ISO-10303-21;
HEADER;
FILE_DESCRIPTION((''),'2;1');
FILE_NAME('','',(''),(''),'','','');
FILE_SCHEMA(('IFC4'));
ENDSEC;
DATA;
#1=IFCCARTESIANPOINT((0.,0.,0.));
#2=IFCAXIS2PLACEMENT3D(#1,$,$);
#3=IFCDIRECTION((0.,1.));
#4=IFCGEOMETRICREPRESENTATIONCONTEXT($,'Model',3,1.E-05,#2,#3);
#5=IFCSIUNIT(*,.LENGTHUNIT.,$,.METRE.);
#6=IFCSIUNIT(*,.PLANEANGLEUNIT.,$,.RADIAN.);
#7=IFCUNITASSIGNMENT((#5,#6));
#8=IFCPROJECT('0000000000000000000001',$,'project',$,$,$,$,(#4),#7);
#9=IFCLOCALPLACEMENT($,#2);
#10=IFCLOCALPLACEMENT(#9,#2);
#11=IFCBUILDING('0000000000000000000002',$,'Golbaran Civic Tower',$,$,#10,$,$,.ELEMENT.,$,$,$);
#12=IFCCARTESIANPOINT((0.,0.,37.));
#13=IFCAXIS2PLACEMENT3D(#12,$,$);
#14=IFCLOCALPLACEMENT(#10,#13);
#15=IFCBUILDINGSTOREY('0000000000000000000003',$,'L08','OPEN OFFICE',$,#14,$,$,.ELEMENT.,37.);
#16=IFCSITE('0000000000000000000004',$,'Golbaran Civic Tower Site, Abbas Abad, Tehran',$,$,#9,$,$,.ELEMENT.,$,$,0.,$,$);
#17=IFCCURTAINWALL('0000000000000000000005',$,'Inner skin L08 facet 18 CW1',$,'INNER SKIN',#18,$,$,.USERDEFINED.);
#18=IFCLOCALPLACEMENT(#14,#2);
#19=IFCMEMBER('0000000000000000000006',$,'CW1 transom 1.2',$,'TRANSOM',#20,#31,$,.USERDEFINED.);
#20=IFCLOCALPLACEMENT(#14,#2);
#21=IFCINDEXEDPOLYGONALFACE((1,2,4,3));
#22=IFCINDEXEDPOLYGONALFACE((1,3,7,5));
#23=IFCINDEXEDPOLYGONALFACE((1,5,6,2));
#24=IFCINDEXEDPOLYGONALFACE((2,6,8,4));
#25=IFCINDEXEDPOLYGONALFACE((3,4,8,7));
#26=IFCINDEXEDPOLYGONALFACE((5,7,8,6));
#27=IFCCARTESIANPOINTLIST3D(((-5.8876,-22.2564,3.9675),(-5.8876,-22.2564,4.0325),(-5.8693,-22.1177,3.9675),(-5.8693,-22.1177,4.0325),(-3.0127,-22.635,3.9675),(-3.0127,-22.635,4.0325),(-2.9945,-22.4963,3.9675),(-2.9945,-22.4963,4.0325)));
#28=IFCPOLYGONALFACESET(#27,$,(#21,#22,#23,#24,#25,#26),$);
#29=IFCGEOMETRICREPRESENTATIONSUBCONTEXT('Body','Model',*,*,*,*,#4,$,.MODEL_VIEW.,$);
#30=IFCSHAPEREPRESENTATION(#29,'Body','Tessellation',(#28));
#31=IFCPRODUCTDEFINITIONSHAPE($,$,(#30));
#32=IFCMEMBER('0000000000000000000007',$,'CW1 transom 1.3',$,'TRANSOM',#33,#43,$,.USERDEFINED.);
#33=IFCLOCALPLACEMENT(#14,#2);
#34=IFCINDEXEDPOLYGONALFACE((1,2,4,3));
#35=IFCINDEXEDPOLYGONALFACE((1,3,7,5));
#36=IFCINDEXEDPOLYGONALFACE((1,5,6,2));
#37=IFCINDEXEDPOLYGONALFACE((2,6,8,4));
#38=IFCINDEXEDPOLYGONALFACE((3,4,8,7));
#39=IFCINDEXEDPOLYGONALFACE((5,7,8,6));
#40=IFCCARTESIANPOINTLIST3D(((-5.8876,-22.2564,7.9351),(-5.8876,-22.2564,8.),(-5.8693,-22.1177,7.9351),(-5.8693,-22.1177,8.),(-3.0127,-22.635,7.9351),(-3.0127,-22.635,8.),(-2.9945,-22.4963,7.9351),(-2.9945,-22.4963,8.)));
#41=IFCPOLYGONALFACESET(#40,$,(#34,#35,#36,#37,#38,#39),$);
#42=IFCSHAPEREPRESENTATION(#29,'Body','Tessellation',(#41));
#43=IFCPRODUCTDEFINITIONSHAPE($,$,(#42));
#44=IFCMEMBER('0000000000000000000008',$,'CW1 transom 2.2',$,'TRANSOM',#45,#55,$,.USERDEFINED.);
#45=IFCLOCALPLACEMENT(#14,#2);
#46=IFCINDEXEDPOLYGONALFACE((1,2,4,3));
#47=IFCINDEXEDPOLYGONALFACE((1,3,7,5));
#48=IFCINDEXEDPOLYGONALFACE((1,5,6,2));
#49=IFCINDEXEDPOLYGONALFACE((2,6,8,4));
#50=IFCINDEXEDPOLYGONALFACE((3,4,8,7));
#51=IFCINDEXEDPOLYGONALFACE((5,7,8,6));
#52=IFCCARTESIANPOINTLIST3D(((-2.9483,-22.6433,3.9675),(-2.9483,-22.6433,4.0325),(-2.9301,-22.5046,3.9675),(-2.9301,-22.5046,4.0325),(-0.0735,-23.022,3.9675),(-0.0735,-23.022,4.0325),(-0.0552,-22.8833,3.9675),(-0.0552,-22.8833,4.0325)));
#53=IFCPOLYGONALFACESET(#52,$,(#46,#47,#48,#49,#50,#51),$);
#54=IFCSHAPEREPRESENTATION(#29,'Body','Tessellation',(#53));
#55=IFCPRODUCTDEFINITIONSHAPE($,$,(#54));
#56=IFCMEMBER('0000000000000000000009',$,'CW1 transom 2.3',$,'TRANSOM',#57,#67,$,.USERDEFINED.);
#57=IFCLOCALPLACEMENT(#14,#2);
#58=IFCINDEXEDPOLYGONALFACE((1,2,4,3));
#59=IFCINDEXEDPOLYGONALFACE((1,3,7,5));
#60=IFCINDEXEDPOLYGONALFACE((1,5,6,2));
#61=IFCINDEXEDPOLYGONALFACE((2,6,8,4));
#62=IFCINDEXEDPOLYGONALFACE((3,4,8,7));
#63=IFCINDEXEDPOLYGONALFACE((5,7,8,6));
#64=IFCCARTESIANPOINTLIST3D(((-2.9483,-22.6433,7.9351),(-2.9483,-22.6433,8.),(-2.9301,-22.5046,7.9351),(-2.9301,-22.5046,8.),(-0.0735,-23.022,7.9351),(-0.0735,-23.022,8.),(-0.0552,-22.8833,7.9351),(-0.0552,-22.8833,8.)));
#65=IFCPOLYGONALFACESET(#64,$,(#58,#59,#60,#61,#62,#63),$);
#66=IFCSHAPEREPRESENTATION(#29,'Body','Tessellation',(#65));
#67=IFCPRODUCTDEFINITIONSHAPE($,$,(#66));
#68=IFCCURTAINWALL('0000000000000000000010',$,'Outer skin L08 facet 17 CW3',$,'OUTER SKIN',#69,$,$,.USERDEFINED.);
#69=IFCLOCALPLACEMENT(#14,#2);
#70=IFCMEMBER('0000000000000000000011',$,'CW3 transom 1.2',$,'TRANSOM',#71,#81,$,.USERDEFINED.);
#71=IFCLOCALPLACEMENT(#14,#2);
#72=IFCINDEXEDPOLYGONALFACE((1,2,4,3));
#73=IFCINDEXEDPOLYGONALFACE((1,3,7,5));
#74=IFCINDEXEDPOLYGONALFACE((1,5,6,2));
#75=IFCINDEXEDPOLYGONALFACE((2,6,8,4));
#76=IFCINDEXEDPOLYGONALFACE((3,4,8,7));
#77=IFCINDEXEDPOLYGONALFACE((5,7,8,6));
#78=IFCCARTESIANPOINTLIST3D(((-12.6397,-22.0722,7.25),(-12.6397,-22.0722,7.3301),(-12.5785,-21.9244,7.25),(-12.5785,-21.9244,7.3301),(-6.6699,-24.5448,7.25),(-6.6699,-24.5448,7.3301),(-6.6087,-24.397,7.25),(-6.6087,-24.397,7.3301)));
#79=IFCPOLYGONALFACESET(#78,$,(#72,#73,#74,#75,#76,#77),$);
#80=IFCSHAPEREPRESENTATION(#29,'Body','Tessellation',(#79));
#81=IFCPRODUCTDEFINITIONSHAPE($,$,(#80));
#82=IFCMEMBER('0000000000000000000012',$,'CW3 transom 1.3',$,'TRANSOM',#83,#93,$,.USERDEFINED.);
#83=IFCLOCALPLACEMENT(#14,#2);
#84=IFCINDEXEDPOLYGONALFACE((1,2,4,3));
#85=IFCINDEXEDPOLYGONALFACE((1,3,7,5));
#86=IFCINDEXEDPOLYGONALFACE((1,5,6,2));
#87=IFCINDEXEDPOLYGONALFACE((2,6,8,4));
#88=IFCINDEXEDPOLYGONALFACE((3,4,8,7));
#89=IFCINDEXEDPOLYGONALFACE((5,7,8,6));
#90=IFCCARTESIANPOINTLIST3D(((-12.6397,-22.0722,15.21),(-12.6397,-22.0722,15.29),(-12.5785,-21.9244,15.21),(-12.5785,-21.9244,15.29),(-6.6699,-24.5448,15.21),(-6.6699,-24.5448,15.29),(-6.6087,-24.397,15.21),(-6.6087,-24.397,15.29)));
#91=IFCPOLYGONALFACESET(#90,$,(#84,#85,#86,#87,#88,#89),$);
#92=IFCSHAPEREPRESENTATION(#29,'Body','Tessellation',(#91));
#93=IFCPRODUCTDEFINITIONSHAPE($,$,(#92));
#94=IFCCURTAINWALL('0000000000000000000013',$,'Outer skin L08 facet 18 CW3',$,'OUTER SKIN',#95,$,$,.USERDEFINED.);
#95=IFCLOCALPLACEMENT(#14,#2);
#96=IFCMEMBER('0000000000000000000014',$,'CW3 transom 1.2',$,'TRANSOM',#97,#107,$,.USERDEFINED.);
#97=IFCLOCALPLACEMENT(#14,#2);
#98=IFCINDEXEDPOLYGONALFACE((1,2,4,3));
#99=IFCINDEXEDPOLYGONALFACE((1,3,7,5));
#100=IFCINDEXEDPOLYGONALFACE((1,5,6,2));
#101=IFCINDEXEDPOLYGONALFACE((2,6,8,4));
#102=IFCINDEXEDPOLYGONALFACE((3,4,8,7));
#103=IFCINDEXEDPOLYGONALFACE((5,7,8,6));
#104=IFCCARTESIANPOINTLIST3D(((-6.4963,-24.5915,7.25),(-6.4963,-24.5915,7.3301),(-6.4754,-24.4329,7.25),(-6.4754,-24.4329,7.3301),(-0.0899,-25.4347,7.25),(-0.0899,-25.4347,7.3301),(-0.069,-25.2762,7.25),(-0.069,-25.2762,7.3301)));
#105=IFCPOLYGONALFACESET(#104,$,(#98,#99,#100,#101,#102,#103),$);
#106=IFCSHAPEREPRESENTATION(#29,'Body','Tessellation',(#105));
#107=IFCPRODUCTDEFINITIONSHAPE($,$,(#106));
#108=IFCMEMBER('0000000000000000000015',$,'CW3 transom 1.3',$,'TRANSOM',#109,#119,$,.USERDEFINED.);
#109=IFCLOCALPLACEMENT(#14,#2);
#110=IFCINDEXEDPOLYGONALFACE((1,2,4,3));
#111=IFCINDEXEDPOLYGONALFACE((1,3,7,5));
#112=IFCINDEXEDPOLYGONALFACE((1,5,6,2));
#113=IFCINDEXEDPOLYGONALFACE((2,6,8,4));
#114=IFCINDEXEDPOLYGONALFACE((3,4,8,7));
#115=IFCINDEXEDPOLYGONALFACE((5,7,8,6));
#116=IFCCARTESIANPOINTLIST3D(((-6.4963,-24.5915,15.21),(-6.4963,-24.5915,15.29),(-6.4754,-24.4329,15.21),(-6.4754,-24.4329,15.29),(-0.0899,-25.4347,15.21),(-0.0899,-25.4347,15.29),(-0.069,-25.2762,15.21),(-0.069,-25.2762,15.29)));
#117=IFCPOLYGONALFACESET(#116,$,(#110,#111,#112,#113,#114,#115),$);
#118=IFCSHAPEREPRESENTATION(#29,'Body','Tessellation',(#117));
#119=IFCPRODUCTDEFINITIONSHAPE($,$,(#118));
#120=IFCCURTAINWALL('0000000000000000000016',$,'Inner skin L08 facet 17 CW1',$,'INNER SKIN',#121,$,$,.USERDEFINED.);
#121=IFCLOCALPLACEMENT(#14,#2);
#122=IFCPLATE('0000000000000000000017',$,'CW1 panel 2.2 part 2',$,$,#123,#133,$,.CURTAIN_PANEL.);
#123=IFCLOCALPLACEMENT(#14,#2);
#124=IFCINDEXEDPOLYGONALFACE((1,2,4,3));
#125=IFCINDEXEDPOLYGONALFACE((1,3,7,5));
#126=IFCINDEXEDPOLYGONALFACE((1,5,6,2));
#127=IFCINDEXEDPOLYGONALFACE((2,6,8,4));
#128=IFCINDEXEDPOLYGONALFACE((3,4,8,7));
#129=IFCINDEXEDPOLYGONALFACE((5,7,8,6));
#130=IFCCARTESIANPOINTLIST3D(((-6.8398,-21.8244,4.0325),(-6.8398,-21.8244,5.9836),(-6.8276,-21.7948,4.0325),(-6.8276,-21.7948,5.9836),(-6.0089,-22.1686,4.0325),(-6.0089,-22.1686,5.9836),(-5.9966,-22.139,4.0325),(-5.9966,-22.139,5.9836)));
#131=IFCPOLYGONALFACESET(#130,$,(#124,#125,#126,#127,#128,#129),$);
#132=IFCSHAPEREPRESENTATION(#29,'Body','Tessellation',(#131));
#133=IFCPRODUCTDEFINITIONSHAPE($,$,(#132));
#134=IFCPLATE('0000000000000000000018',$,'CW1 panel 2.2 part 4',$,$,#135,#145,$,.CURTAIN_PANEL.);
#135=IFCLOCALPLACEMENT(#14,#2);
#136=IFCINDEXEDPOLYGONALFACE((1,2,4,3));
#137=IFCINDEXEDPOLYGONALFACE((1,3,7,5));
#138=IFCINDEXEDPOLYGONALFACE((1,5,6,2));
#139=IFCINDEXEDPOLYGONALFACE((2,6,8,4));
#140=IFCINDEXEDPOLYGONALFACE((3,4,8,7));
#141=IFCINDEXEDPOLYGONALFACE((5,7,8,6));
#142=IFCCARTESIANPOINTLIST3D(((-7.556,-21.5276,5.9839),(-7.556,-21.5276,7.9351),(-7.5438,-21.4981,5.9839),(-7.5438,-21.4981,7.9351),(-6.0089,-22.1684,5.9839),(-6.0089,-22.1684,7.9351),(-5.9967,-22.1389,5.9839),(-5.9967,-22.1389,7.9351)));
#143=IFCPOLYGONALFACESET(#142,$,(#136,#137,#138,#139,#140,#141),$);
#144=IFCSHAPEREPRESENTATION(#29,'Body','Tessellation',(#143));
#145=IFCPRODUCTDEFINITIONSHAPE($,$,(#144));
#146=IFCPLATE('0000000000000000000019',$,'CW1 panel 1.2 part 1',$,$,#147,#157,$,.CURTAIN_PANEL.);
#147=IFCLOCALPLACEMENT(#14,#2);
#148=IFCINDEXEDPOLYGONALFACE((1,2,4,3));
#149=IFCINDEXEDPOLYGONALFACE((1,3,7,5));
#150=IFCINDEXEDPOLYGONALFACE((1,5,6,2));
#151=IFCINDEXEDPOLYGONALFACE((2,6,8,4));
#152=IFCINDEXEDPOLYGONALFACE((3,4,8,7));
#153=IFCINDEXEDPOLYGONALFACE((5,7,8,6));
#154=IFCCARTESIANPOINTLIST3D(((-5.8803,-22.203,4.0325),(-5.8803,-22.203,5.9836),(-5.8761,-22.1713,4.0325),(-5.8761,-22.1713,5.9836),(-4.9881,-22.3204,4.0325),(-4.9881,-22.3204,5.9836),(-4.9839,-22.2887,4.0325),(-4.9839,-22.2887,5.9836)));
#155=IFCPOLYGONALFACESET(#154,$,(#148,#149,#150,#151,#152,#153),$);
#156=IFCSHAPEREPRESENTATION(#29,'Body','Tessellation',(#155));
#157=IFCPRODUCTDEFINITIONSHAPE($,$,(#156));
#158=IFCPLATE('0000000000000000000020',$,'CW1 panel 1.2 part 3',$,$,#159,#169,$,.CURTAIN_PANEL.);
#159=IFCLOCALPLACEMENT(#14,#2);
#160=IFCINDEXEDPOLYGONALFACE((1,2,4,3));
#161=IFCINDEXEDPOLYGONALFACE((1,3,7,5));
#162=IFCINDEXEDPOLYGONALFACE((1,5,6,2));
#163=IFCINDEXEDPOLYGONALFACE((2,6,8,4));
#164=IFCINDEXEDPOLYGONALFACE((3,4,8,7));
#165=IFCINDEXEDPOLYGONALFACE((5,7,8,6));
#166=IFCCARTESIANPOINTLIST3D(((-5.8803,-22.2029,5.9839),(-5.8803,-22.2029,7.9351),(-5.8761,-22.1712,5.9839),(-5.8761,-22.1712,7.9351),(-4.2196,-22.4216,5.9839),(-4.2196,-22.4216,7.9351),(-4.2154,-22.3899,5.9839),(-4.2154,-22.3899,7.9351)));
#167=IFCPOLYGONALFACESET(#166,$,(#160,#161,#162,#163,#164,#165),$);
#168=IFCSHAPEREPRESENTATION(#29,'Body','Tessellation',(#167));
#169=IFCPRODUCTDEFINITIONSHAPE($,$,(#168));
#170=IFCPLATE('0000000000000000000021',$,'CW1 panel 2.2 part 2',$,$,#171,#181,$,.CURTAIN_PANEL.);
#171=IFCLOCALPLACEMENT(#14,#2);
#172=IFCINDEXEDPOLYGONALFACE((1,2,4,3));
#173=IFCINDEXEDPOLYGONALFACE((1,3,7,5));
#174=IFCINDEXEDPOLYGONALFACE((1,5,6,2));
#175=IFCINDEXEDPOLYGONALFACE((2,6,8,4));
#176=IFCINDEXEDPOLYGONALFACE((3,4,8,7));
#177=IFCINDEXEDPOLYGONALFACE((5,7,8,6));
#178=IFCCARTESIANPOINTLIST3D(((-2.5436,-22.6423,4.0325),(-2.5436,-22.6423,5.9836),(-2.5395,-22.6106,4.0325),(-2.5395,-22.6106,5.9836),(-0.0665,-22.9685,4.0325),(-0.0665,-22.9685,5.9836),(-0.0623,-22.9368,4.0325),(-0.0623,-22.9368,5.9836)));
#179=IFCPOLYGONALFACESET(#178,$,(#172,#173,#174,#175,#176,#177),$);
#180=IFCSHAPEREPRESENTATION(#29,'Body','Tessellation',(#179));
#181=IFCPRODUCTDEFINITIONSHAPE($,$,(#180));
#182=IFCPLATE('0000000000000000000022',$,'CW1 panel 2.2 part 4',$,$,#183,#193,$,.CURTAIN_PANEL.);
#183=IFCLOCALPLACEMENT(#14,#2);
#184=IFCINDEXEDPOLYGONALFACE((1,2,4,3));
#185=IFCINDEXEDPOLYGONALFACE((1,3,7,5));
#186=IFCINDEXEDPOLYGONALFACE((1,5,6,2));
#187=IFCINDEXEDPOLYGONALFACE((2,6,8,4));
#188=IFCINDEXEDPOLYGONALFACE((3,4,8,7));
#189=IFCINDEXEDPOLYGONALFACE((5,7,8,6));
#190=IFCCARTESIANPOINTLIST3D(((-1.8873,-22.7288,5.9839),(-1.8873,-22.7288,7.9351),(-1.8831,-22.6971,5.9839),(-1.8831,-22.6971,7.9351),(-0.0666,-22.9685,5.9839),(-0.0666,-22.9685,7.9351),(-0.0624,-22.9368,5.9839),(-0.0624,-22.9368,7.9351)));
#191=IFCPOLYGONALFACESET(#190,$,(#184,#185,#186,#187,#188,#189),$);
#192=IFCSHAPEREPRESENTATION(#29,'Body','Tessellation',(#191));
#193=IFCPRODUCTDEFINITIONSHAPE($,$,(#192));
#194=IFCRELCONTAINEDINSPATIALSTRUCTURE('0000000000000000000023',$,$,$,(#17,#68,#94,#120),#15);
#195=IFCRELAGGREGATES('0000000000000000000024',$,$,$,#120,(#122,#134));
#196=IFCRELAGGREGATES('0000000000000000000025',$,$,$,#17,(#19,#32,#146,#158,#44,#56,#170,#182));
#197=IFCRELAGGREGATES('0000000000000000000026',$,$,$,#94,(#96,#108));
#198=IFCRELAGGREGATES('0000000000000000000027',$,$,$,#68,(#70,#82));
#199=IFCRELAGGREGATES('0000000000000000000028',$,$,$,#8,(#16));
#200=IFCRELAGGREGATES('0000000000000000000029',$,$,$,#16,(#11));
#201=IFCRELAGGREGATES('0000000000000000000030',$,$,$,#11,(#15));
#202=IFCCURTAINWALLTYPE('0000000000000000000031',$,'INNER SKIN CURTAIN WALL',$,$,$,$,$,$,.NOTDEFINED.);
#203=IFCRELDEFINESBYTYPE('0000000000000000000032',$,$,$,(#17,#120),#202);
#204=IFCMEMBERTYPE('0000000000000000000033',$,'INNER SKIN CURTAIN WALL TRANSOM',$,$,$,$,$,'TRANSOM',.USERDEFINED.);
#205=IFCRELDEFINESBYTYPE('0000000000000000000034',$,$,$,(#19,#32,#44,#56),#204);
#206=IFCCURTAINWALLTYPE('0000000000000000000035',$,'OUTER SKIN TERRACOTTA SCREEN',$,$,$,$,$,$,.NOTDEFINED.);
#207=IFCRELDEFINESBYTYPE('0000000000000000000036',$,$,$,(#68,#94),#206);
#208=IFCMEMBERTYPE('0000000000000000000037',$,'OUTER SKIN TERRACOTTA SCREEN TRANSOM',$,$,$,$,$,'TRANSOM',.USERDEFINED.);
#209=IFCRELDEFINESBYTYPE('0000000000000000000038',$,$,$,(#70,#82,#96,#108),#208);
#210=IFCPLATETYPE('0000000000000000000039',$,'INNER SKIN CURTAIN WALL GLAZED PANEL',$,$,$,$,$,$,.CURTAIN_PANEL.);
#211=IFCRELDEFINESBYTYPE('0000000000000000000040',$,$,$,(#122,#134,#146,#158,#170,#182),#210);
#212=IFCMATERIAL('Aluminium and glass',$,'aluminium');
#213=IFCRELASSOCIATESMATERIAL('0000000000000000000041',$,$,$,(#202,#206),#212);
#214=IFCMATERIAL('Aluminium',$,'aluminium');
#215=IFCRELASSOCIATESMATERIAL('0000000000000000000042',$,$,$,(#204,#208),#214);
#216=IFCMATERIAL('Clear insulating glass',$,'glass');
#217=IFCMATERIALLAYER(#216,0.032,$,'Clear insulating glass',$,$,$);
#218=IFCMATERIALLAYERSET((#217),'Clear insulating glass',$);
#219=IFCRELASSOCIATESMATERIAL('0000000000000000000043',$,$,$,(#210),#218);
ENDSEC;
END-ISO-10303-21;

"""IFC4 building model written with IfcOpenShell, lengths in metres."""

from ifc_helpers import new_model, si_unit, direction, frame, origin, origin_2d, place, context, subcontext, project, spatial, rectangle, extrude, material, layer, layer_set, material_profile, profile_set, type_object, element, aggregate, save


model = new_model("IFC4")

# Units and contexts
model_context = context("Model", 3, precision=1e-05, world=origin(), true_north=direction((0.0, 1.0)))
body_context = subcontext(model_context, "Body", "Model", "MODEL_VIEW")
ifc_project = project(units=[si_unit("LENGTHUNIT", "METRE"), si_unit("PLANEANGLEUNIT", "RADIAN")], contexts=[model_context])

# Site, building, storey
site_placement = place(None, origin())
site = spatial("IfcSite", under=ifc_project, at=site_placement, Name="Golbaran Civic Tower Site, Abbas Abad, Tehran", CompositionType="ELEMENT", RefElevation=0.0)
building_placement = place(site_placement, origin())
building = spatial("IfcBuilding", under=site, at=building_placement, Name="Golbaran Civic Tower", CompositionType="ELEMENT")
storey_placement = place(building_placement, frame((0.0, 0.0, 37.0)))
storey = spatial("IfcBuildingStorey", under=building, at=storey_placement, Name="L08", Description="OPEN OFFICE", CompositionType="ELEMENT", Elevation=37.0)

# Curtain walls, members
ifc_material_1 = material(Name="Aluminium and glass", Category="aluminium")
curtain_wall_type_1 = type_object("IfcCurtainWallType", Name="INNER SKIN CURTAIN WALL", PredefinedType="NOTDEFINED", material=ifc_material_1)
curtain_wall_1_placement = place(storey_placement, origin())
curtain_wall_1 = element("IfcCurtainWall", 1, at=curtain_wall_1_placement, inside=storey, type_object=curtain_wall_type_1, Name="Inner skin L08 facet 18 CW1", ObjectType="INNER SKIN", PredefinedType="USERDEFINED")
ifc_material_2 = material(Name="Aluminium", Category="aluminium")
ifc_material_profile_1 = material_profile(ifc_material_2, rectangle(XDim=0.1399, YDim=0.0649, at=origin_2d()), Name="INNER SKIN CURTAIN WALL TRANSOM")
ifc_profile_set_1 = profile_set([ifc_material_profile_1], Name="Aluminium")
member_type_1 = type_object("IfcMemberType", Name="INNER SKIN CURTAIN WALL TRANSOM", ElementType="TRANSOM", PredefinedType="USERDEFINED", material=ifc_profile_set_1)
member_1_placement = place(storey_placement, frame((-5.8784, -22.187, 4.0), z_axis=(0.991436, -0.130592, 0.0), x_axis=(0.130592, 0.991436, 0.0)))
member_1 = element("IfcMember", 2, at=member_1_placement, type_object=member_type_1, Name="CW1 transom 1.2", ObjectType="TRANSOM", PredefinedType="USERDEFINED", context=body_context, shape_type="SweptSolid", body=[
    extrude(rectangle(XDim=0.1399, YDim=0.0649, at=origin_2d()), origin(), (0.0, 0.0, 1.0), 2.8997),
])
member_2_placement = place(storey_placement, frame((-5.8784, -22.187, 7.9675), z_axis=(0.991436, -0.130592, 0.0), x_axis=(0.130592, 0.991436, 0.0)))
member_2 = element("IfcMember", 3, at=member_2_placement, type_object=member_type_1, Name="CW1 transom 1.3", ObjectType="TRANSOM", PredefinedType="USERDEFINED", context=body_context, shape_type="SweptSolid", body=[
    extrude(rectangle(XDim=0.1399, YDim=0.0649, at=origin_2d()), origin(), (0.0, 0.0, 1.0), 2.8997),
])
member_3_placement = place(storey_placement, frame((-2.9392, -22.574, 4.0), z_axis=(0.991436, -0.130592, 0.0), x_axis=(0.130592, 0.991436, 0.0)))
member_3 = element("IfcMember", 4, at=member_3_placement, type_object=member_type_1, Name="CW1 transom 2.2", ObjectType="TRANSOM", PredefinedType="USERDEFINED", context=body_context, shape_type="SweptSolid", body=[
    extrude(rectangle(XDim=0.1399, YDim=0.0649, at=origin_2d()), origin(), (0.0, 0.0, 1.0), 2.8997),
])
member_4_placement = place(storey_placement, frame((-2.9392, -22.574, 7.9675), z_axis=(0.991436, -0.130592, 0.0), x_axis=(0.130592, 0.991436, 0.0)))
member_4 = element("IfcMember", 5, at=member_4_placement, type_object=member_type_1, Name="CW1 transom 2.3", ObjectType="TRANSOM", PredefinedType="USERDEFINED", context=body_context, shape_type="SweptSolid", body=[
    extrude(rectangle(XDim=0.1399, YDim=0.0649, at=origin_2d()), origin(), (0.0, 0.0, 1.0), 2.8997),
])
curtain_wall_type_2 = type_object("IfcCurtainWallType", Name="OUTER SKIN TERRACOTTA SCREEN", PredefinedType="NOTDEFINED", material=ifc_material_1)
curtain_wall_2_placement = place(storey_placement, origin())
curtain_wall_2 = element("IfcCurtainWall", 6, at=curtain_wall_2_placement, inside=storey, type_object=curtain_wall_type_2, Name="Outer skin L08 facet 17 CW3", ObjectType="OUTER SKIN", PredefinedType="USERDEFINED")
ifc_material_profile_2 = material_profile(ifc_material_2, rectangle(XDim=0.1599, YDim=0.0801, at=origin_2d()), Name="OUTER SKIN TERRACOTTA SCREEN TRANSOM")
ifc_profile_set_2 = profile_set([ifc_material_profile_2], Name="Aluminium")
member_type_2 = type_object("IfcMemberType", Name="OUTER SKIN TERRACOTTA SCREEN TRANSOM", ElementType="TRANSOM", PredefinedType="USERDEFINED", material=ifc_profile_set_2)
member_5_placement = place(storey_placement, frame((-12.6091, -21.9983, 7.29), z_axis=(0.92389, -0.382659, 0.0), x_axis=(0.382659, 0.92389, 0.0)))
member_5 = element("IfcMember", 7, at=member_5_placement, type_object=member_type_2, Name="CW3 transom 1.2", ObjectType="TRANSOM", PredefinedType="USERDEFINED", context=body_context, shape_type="SweptSolid", body=[
    extrude(rectangle(XDim=0.1599, YDim=0.0801, at=origin_2d()), origin(), (0.0, 0.0, 1.0), 6.4617),
])
member_6_placement = place(storey_placement, frame((-12.6091, -21.9983, 15.25), z_axis=(0.92389, -0.382659, 0.0), x_axis=(0.382659, 0.92389, 0.0)))
member_6 = element("IfcMember", 8, at=member_6_placement, type_object=member_type_2, Name="CW3 transom 1.3", ObjectType="TRANSOM", PredefinedType="USERDEFINED", context=body_context, shape_type="SweptSolid", body=[
    extrude(rectangle(XDim=0.1599, YDim=0.0801, at=origin_2d()), origin(), (0.0, 0.0, 1.0), 6.4617),
])
curtain_wall_3_placement = place(storey_placement, origin())
curtain_wall_3 = element("IfcCurtainWall", 9, at=curtain_wall_3_placement, inside=storey, type_object=curtain_wall_type_2, Name="Outer skin L08 facet 18 CW3", ObjectType="OUTER SKIN", PredefinedType="USERDEFINED")
member_7_placement = place(storey_placement, frame((-6.4858, -24.5122, 7.29), z_axis=(0.991448, -0.1305, 0.0), x_axis=(0.1305, 0.991448, 0.0)))
member_7 = element("IfcMember", 10, at=member_7_placement, type_object=member_type_2, Name="CW3 transom 1.2", ObjectType="TRANSOM", PredefinedType="USERDEFINED", context=body_context, shape_type="SweptSolid", body=[
    extrude(rectangle(XDim=0.1599, YDim=0.0801, at=origin_2d()), origin(), (0.0, 0.0, 1.0), 6.4617),
])
member_8_placement = place(storey_placement, frame((-6.4858, -24.5122, 15.25), z_axis=(0.991448, -0.1305, 0.0), x_axis=(0.1305, 0.991448, 0.0)))
member_8 = element("IfcMember", 11, at=member_8_placement, type_object=member_type_2, Name="CW3 transom 1.3", ObjectType="TRANSOM", PredefinedType="USERDEFINED", context=body_context, shape_type="SweptSolid", body=[
    extrude(rectangle(XDim=0.1599, YDim=0.0801, at=origin_2d()), origin(), (0.0, 0.0, 1.0), 6.4617),
])

# Curtain wall, plates
curtain_wall_4_placement = place(storey_placement, origin())
curtain_wall_4 = element("IfcCurtainWall", 12, at=curtain_wall_4_placement, inside=storey, type_object=curtain_wall_type_1, Name="Inner skin L08 facet 17 CW1", ObjectType="INNER SKIN", PredefinedType="USERDEFINED")
ifc_material_3 = material(Name="Clear insulating glass", Category="glass")
ifc_layer_1 = layer(ifc_material_3, 0.032, Name="Clear insulating glass")
ifc_layer_set_1 = layer_set([ifc_layer_1], Name="Clear insulating glass")
plate_type_1 = type_object("IfcPlateType", Name="INNER SKIN CURTAIN WALL GLAZED PANEL", PredefinedType="CURTAIN_PANEL", material=ifc_layer_set_1)
plate_1_placement = place(storey_placement, frame((-6.4182, -21.9817, 4.0325), z_axis=(0.0, 0.0, 1.0), x_axis=(0.92388, -0.382683, 0.0)))
plate_1 = element("IfcPlate", 13, at=plate_1_placement, type_object=plate_type_1, Name="CW1 panel 2.2 part 2", PredefinedType="CURTAIN_PANEL", context=body_context, shape_type="SweptSolid", body=[
    extrude(rectangle(XDim=0.8994, YDim=0.032, at=origin_2d()), origin(), (0.0, 0.0, 1.0), 1.9512),
])
plate_2_placement = place(storey_placement, frame((-6.7764, -21.8333, 5.9839), z_axis=(0.0, 0.0, 1.0), x_axis=(0.92388, -0.382683, 0.0)))
plate_2 = element("IfcPlate", 14, at=plate_2_placement, type_object=plate_type_1, Name="CW1 panel 2.2 part 4", PredefinedType="CURTAIN_PANEL", context=body_context, shape_type="SweptSolid", body=[
    extrude(rectangle(XDim=1.6746, YDim=0.032, at=origin_2d()), origin(), (0.0, 0.0, 1.0), 1.9512),
])

# Plates
plate_3_placement = place(storey_placement, frame((-5.4321, -22.2458, 4.0325), z_axis=(0.0, 0.0, 1.0), x_axis=(0.991445, -0.130526, 0.0)))
plate_3 = element("IfcPlate", 15, at=plate_3_placement, type_object=plate_type_1, Name="CW1 panel 1.2 part 1", PredefinedType="CURTAIN_PANEL", context=body_context, shape_type="SweptSolid", body=[
    extrude(rectangle(XDim=0.8999, YDim=0.032, at=origin_2d()), origin(), (0.0, 0.0, 1.0), 1.9512),
])
plate_4_placement = place(storey_placement, frame((-5.0479, -22.2964, 5.9839), z_axis=(0.0, 0.0, 1.0), x_axis=(0.991445, -0.130526, 0.0)))
plate_4 = element("IfcPlate", 16, at=plate_4_placement, type_object=plate_type_1, Name="CW1 panel 1.2 part 3", PredefinedType="CURTAIN_PANEL", context=body_context, shape_type="SweptSolid", body=[
    extrude(rectangle(XDim=1.675, YDim=0.032, at=origin_2d()), origin(), (0.0, 0.0, 1.0), 1.9512),
])
plate_5_placement = place(storey_placement, frame((-1.303, -22.7896, 4.0325), z_axis=(0.0, 0.0, 1.0), x_axis=(0.991445, -0.130526, 0.0)))
plate_5 = element("IfcPlate", 17, at=plate_5_placement, type_object=plate_type_1, Name="CW1 panel 2.2 part 2", PredefinedType="CURTAIN_PANEL", context=body_context, shape_type="SweptSolid", body=[
    extrude(rectangle(XDim=2.4985, YDim=0.032, at=origin_2d()), origin(), (0.0, 0.0, 1.0), 1.9512),
])
plate_6_placement = place(storey_placement, frame((-0.9749, -22.8328, 5.9839), z_axis=(0.0, 0.0, 1.0), x_axis=(0.991445, -0.130526, 0.0)))
plate_6 = element("IfcPlate", 18, at=plate_6_placement, type_object=plate_type_1, Name="CW1 panel 2.2 part 4", PredefinedType="CURTAIN_PANEL", context=body_context, shape_type="SweptSolid", body=[
    extrude(rectangle(XDim=1.8364, YDim=0.032, at=origin_2d()), origin(), (0.0, 0.0, 1.0), 1.9512),
])
aggregate(curtain_wall_4, [plate_1, plate_2])
aggregate(curtain_wall_1, [member_1, member_2, plate_3, plate_4, member_3, member_4, plate_5, plate_6])

aggregate(curtain_wall_3, [member_7, member_8])
aggregate(curtain_wall_2, [member_5, member_6])

save(model, "model.ifc")
